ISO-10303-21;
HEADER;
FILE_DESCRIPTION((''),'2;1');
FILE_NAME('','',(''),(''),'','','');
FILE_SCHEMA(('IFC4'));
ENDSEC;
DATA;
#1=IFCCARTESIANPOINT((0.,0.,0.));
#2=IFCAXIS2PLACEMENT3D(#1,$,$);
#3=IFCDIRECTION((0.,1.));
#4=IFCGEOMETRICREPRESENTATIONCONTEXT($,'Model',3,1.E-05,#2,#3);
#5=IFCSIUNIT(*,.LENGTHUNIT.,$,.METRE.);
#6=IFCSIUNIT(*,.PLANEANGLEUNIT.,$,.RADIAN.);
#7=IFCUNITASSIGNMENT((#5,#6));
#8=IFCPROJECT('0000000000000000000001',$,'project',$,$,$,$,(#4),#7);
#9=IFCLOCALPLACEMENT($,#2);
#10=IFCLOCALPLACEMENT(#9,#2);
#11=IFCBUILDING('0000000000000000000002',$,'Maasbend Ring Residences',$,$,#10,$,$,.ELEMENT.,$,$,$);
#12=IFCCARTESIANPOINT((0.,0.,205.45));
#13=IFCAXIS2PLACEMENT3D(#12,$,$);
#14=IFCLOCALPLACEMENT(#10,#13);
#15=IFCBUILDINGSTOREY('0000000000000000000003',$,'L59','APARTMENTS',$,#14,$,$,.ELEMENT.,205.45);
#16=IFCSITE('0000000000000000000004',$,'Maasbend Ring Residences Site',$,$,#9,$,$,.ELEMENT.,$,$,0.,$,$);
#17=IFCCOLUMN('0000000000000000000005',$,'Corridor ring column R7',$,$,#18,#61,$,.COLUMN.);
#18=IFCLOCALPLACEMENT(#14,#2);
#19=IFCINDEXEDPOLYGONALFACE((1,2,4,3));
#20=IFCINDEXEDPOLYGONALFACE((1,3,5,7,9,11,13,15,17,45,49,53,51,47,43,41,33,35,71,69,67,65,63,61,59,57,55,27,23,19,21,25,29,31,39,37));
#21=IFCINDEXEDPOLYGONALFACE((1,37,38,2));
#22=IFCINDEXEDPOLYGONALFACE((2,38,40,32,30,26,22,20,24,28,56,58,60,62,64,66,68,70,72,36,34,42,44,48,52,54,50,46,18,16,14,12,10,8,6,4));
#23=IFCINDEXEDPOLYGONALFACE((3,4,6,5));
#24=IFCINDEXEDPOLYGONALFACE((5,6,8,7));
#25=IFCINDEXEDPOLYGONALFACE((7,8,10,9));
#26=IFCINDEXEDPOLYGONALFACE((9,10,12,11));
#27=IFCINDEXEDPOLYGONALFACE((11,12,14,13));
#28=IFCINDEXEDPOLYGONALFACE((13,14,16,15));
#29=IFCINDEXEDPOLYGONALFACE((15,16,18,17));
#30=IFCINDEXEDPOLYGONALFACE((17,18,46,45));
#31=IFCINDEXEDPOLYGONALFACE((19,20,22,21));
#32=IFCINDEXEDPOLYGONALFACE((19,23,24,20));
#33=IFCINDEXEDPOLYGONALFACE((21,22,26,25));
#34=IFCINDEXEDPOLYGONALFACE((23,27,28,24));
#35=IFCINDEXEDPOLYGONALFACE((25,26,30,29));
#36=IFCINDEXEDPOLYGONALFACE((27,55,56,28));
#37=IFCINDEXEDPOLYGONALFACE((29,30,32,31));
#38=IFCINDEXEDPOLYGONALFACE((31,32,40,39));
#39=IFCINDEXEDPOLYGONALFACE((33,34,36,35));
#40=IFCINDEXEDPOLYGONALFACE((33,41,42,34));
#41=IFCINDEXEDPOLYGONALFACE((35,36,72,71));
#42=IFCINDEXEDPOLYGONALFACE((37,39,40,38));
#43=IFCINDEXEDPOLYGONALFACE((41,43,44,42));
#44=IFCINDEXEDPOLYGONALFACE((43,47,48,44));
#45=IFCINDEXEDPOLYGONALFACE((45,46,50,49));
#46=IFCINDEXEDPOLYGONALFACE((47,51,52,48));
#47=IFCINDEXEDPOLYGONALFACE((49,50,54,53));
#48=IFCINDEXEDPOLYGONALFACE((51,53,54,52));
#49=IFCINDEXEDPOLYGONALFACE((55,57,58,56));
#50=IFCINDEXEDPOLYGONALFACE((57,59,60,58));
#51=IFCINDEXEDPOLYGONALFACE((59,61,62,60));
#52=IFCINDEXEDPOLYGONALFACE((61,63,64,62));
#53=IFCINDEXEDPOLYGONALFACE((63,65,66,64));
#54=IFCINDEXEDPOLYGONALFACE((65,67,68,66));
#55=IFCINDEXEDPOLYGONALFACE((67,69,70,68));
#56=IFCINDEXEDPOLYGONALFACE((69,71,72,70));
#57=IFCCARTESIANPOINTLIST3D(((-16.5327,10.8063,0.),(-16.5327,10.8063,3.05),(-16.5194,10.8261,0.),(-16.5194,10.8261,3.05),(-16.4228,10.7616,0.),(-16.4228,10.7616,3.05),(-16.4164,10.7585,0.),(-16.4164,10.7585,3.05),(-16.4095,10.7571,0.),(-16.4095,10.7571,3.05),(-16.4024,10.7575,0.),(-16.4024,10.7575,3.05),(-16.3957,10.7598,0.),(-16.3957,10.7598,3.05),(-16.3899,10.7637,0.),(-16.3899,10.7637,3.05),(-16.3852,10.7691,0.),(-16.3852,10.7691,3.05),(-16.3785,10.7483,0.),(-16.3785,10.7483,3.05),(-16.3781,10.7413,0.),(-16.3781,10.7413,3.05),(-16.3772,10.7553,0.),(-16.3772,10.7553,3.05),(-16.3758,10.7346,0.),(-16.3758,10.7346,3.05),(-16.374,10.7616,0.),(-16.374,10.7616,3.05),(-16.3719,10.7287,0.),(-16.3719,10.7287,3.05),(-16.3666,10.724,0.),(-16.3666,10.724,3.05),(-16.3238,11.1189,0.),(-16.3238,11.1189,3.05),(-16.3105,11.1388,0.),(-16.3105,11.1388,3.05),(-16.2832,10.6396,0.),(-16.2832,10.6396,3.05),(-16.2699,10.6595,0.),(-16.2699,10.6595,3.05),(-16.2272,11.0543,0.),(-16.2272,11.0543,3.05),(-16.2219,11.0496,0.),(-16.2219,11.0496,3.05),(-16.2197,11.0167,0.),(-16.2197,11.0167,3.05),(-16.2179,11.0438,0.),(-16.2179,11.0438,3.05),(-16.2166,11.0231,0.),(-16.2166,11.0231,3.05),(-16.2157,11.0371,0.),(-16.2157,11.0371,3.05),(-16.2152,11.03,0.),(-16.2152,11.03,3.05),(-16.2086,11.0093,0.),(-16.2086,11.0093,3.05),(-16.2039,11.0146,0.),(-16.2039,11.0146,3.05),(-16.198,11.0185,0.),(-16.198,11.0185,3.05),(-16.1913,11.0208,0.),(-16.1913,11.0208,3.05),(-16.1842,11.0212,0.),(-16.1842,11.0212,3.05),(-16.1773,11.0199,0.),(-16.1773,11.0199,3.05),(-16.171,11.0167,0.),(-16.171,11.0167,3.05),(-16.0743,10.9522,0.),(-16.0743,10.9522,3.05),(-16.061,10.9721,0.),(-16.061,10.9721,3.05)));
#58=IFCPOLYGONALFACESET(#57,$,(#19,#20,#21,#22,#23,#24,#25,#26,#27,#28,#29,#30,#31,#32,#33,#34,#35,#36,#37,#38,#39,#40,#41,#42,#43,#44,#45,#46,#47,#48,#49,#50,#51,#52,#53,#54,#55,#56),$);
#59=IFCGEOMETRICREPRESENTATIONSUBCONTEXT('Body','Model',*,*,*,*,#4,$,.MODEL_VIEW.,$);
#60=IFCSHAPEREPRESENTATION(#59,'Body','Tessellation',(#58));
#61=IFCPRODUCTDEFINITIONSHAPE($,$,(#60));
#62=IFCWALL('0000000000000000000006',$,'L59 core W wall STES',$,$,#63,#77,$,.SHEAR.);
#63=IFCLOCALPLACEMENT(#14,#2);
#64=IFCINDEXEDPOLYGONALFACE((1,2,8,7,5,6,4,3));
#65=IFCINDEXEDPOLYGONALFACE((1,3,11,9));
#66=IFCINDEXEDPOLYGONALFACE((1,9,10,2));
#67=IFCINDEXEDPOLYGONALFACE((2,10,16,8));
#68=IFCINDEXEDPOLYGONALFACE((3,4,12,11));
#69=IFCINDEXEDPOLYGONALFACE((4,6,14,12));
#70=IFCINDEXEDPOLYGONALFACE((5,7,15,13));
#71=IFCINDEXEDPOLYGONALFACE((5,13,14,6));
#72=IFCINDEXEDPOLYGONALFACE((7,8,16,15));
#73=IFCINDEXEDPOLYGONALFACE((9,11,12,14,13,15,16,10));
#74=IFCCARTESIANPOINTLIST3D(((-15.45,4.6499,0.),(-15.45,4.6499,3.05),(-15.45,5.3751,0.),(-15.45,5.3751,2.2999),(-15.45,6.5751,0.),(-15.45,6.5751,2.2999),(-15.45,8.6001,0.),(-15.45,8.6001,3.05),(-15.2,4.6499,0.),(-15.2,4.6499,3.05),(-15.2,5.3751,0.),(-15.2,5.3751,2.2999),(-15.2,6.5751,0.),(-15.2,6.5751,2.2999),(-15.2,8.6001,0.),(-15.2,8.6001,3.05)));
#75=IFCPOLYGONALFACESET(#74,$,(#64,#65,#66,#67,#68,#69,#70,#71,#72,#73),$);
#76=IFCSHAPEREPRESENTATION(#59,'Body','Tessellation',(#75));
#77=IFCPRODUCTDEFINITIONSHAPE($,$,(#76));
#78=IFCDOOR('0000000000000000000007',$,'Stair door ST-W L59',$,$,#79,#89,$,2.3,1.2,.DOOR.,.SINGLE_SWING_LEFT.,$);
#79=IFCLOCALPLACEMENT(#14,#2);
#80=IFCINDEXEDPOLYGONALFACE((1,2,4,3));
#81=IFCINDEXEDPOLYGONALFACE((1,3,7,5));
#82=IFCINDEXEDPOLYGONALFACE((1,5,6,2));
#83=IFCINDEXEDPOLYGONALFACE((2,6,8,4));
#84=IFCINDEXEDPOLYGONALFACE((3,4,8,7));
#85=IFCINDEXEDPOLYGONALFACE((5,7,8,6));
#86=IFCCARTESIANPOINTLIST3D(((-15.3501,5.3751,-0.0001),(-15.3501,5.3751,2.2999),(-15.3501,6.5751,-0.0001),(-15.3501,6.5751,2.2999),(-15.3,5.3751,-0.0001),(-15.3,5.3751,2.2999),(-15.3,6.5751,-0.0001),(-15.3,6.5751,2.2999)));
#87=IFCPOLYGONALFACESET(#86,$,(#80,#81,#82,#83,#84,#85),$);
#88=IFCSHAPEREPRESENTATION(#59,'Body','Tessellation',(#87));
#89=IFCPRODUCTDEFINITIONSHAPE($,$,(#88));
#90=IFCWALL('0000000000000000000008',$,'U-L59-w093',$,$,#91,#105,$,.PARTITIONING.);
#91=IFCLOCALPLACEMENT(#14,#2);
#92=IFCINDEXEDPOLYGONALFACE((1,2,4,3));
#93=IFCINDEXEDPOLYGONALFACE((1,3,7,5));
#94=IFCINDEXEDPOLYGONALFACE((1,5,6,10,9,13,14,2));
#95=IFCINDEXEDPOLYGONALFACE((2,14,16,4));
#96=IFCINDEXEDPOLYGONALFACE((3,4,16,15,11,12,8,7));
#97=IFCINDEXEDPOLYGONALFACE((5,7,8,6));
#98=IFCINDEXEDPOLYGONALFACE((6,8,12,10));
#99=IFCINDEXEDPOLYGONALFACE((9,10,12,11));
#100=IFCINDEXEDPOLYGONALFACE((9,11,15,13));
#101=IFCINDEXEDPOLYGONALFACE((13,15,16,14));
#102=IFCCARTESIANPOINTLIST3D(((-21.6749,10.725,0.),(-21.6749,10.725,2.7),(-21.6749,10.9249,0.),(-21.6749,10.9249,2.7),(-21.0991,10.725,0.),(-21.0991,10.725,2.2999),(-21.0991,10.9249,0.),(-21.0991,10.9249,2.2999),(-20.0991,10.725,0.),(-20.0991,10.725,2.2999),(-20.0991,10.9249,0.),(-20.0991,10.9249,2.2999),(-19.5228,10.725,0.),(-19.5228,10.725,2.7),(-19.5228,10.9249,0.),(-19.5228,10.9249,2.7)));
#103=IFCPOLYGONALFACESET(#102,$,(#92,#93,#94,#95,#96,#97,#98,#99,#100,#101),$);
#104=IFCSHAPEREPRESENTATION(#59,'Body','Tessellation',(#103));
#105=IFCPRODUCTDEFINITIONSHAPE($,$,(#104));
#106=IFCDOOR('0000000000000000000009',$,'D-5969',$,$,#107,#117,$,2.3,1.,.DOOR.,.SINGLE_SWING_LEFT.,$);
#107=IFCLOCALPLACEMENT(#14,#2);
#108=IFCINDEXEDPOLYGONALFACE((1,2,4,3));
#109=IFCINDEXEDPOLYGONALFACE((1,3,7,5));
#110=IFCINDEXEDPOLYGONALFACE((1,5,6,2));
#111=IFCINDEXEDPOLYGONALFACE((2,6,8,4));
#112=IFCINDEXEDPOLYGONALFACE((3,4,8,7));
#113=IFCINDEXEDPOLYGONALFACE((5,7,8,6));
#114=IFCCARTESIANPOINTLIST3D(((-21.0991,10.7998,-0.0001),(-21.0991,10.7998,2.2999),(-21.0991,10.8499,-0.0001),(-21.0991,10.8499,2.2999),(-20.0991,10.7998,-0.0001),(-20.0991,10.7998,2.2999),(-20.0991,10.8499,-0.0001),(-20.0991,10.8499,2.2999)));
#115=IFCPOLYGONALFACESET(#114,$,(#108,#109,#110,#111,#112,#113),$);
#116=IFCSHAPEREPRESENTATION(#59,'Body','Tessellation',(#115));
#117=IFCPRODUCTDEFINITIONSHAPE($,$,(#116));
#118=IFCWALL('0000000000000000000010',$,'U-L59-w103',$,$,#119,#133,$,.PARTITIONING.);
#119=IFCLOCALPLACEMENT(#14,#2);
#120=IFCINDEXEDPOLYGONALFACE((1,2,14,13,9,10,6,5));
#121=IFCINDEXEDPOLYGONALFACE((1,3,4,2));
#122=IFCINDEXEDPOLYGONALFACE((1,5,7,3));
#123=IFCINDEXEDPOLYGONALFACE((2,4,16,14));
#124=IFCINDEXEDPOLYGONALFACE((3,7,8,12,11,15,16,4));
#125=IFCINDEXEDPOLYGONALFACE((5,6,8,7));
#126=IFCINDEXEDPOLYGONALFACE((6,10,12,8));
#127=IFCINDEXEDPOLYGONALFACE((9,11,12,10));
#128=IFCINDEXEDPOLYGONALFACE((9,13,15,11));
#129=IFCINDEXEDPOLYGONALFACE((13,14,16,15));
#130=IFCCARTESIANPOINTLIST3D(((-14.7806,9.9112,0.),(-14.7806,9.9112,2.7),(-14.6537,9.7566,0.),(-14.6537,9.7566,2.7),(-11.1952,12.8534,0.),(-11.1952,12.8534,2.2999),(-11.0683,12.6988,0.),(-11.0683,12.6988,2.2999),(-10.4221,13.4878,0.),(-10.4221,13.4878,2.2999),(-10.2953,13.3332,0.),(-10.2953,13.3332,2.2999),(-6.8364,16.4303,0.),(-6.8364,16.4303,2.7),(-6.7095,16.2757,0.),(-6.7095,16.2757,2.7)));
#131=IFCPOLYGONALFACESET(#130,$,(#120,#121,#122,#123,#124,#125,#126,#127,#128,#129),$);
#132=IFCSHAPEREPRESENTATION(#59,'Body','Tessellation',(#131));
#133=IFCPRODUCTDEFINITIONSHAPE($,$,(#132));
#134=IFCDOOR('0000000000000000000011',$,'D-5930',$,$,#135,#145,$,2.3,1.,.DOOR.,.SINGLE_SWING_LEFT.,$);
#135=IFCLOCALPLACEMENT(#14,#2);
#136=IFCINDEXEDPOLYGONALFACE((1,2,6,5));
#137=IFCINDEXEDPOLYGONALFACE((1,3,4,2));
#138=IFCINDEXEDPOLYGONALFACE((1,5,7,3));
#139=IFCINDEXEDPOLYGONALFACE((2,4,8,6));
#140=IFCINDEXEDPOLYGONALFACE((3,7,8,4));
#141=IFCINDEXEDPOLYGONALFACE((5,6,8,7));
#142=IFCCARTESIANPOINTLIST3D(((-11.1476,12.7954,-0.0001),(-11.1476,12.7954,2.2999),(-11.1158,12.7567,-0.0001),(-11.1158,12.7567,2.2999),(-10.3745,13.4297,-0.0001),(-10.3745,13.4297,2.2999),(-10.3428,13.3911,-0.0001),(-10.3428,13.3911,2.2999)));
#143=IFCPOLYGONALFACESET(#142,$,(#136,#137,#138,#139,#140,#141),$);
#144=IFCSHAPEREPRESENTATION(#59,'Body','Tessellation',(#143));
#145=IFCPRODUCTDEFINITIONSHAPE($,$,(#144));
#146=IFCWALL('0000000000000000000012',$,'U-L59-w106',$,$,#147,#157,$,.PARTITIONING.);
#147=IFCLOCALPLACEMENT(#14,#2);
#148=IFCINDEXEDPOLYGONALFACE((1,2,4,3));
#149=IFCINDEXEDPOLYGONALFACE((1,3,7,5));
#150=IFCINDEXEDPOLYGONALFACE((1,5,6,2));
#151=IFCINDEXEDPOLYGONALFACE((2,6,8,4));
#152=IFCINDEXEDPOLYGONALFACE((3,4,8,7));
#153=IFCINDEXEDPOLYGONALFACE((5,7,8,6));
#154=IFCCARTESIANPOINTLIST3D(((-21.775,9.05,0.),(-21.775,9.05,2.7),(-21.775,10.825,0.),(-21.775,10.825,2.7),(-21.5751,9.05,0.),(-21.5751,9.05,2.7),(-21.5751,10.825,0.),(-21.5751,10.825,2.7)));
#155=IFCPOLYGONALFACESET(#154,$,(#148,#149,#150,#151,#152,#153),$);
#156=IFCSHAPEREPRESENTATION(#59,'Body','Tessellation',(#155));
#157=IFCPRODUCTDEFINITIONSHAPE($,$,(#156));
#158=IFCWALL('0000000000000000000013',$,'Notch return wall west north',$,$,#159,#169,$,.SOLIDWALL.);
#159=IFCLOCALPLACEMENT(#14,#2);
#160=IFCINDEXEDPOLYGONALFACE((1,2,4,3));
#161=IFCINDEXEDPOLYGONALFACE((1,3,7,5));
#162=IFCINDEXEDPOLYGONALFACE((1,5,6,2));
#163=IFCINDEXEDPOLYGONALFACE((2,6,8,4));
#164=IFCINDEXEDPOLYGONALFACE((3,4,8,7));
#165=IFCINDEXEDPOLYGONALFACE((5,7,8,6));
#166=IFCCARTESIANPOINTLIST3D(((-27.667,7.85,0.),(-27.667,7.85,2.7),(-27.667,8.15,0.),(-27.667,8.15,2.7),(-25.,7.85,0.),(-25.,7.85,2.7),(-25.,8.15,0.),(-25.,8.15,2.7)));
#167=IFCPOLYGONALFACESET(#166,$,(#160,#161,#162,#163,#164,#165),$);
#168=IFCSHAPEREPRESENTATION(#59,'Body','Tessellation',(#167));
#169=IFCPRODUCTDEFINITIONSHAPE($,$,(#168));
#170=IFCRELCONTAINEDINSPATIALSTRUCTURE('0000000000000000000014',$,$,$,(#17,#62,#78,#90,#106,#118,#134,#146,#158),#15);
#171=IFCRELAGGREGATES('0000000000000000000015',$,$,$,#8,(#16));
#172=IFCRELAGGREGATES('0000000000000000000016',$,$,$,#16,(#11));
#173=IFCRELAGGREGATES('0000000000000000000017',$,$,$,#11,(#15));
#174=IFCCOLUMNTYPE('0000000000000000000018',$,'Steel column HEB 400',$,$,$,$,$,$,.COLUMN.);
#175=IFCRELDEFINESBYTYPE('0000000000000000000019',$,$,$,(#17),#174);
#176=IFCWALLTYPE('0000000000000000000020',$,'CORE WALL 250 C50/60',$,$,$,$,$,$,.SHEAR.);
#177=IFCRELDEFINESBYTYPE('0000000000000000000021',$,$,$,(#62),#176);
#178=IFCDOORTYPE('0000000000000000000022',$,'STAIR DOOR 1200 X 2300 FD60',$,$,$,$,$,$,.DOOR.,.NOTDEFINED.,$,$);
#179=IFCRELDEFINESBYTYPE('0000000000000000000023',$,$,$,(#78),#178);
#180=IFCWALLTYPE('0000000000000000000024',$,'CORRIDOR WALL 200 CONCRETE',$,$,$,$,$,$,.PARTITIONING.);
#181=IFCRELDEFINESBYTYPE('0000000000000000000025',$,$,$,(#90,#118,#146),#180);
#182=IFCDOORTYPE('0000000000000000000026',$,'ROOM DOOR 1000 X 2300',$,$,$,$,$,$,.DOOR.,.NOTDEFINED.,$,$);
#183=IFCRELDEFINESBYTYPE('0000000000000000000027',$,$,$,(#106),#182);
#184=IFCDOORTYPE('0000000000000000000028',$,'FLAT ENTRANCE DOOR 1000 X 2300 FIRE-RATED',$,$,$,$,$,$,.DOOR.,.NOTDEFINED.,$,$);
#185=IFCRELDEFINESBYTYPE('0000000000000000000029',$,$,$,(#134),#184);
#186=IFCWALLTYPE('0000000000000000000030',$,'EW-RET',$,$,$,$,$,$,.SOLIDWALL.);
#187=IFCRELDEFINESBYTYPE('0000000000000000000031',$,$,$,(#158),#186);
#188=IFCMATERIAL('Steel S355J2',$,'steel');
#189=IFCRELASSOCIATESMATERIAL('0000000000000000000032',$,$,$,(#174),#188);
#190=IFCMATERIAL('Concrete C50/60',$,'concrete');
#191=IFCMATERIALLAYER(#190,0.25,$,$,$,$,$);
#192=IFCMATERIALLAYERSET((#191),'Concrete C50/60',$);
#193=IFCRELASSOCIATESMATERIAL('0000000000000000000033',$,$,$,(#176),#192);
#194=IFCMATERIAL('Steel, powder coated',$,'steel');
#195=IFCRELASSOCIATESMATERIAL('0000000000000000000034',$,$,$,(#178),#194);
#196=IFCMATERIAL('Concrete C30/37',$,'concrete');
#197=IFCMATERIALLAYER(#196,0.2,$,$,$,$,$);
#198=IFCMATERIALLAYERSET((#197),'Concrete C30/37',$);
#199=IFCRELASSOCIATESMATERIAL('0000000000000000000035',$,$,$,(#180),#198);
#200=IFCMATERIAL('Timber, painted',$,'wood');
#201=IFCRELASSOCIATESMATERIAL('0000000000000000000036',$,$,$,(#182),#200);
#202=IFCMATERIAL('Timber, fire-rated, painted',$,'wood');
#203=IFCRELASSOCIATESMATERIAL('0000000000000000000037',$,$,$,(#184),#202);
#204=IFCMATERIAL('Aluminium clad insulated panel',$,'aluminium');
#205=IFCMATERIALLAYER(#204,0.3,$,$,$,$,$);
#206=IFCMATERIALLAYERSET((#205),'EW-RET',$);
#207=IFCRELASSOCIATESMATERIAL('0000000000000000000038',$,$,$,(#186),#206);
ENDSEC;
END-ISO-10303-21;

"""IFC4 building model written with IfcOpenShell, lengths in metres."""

from ifc_helpers import new_model, si_unit, direction, frame, frame_2d, origin, origin_2d, place, context, subcontext, project, spatial, rectangle, i_section, extrude, material, layer, layer_set, material_profile, profile_set, type_object, element, fill, save


model = new_model("IFC4")

# Units and contexts
model_context = context("Model", 3, precision=1e-05, world=origin(), true_north=direction((0.0, 1.0)))
body_context = subcontext(model_context, "Body", "Model", "MODEL_VIEW")
ifc_project = project(units=[si_unit("LENGTHUNIT", "METRE"), si_unit("PLANEANGLEUNIT", "RADIAN")], contexts=[model_context])

# Site, building, storey
site_placement = place(None, origin())
site = spatial("IfcSite", under=ifc_project, at=site_placement, Name="Maasbend Ring Residences Site", CompositionType="ELEMENT", RefElevation=0.0)
building_placement = place(site_placement, origin())
building = spatial("IfcBuilding", under=site, at=building_placement, Name="Maasbend Ring Residences", CompositionType="ELEMENT")
storey_placement = place(building_placement, frame((0.0, 0.0, 205.45)))
storey = spatial("IfcBuildingStorey", under=building, at=storey_placement, Name="L59", Description="APARTMENTS", CompositionType="ELEMENT", Elevation=205.45)

# Column
ifc_material_1 = material(Name="Steel S355J2", Category="steel")
ifc_material_profile = material_profile(ifc_material_1, i_section(OverallWidth=0.3, OverallDepth=0.3999, WebThickness=0.0134, FlangeThickness=0.0239, FilletRadius=0.0271, at=origin_2d()), Name="HEB 400")
ifc_profile_set = profile_set([ifc_material_profile], Name="Steel S355J2")
column_type = type_object("IfcColumnType", Name="Steel column HEB 400", PredefinedType="COLUMN", material=ifc_profile_set)
column_placement = place(storey_placement, frame((-16.2969, 10.8892, 0.0), z_axis=(0.0, 0.0, 1.0), x_axis=(-0.83147, 0.55557, 0.0)))
element("IfcColumn", 1, at=column_placement, inside=storey, type_object=column_type, Name="Corridor ring column R7", PredefinedType="COLUMN", context=body_context, shape_type="SweptSolid", body=[
    extrude(i_section(OverallWidth=0.3, OverallDepth=0.3999, WebThickness=0.0134, FlangeThickness=0.0239, FilletRadius=0.0271, at=origin_2d()), origin(), (0.0, 0.0, 1.0), 3.05),
])

# Walls, openings, doors
ifc_material_2 = material(Name="Concrete C50/60", Category="concrete")
ifc_layer_1 = layer(ifc_material_2, 0.25)
ifc_layer_set_1 = layer_set([ifc_layer_1], Name="Concrete C50/60")
wall_type_1 = type_object("IfcWallType", Name="CORE WALL 250 C50/60", PredefinedType="SHEAR", material=ifc_layer_set_1)
wall_1_placement = place(storey_placement, frame((-15.325, 8.6001, 0.0), z_axis=(0.0, 0.0, 1.0), x_axis=(0.0, -1.0, 0.0)))
wall_1 = element("IfcWall", 2, at=wall_1_placement, inside=storey, type_object=wall_type_1, Name="L59 core W wall STES", PredefinedType="SHEAR", context=body_context, shape_type="SweptSolid", body=[
    extrude(rectangle(XDim=3.9502, YDim=0.25, at=frame_2d((1.9751, 0.0))), origin(), (0.0, 0.0, 1.0), 3.05),
])
opening_1_placement = place(wall_1_placement, frame((2.0249, 0.0, 0.0)))
opening_1 = element("IfcOpeningElement", 3, at=opening_1_placement, cuts=wall_1, PredefinedType="OPENING", context=body_context, shape_type="SweptSolid", body=[
    extrude(rectangle(XDim=1.2, YDim=2.3, at=frame_2d((0.6001, 1.1499))), frame((0.0, 0.135, 0.0), z_axis=(0.0, -1.0, 0.0), x_axis=(1.0, 0.0, 0.0)), (0.0, 0.0, 1.0), 0.27),
])
ifc_material_3 = material(Name="Steel, powder coated", Category="steel")
door_type_1 = type_object("IfcDoorType", Name="STAIR DOOR 1200 X 2300 FD60", OperationType="NOTDEFINED", PredefinedType="DOOR", material=ifc_material_3)
door_1_placement = place(opening_1_placement, origin())
door_1 = element("IfcDoor", 4, at=door_1_placement, inside=storey, type_object=door_type_1, Name="Stair door ST-W L59", OperationType="SINGLE_SWING_LEFT", OverallHeight=2.3, OverallWidth=1.2, PredefinedType="DOOR", context=body_context, shape_type="SweptSolid", body=[
    extrude(rectangle(XDim=1.2, YDim=2.3, at=frame_2d((0.6001, 1.1499))), frame((0.0, 0.0249, 0.0), z_axis=(0.0, -1.0, 0.0), x_axis=(1.0, 0.0, 0.0)), (0.0, 0.0, 1.0), 0.05),
])
fill(opening_1, door_1)
ifc_material_4 = material(Name="Concrete C30/37", Category="concrete")
ifc_layer_2 = layer(ifc_material_4, 0.2)
ifc_layer_set_2 = layer_set([ifc_layer_2], Name="Concrete C30/37")
wall_type_2 = type_object("IfcWallType", Name="CORRIDOR WALL 200 CONCRETE", PredefinedType="PARTITIONING", material=ifc_layer_set_2)
wall_2_placement = place(storey_placement, frame((-21.675, 10.825, 0.0), z_axis=(0.0, 0.0, 1.0), x_axis=(1.0, 0.0, 0.0)))
wall_2 = element("IfcWall", 5, at=wall_2_placement, inside=storey, type_object=wall_type_2, Name="U-L59-w093", PredefinedType="PARTITIONING", context=body_context, shape_type="SweptSolid", body=[
    extrude(rectangle(XDim=2.1521, YDim=0.2, at=frame_2d((1.0762, 0.0))), origin(), (0.0, 0.0, 1.0), 2.7),
])
opening_2_placement = place(wall_2_placement, frame((0.5759, 0.0, 0.0)))
opening_2 = element("IfcOpeningElement", 6, at=opening_2_placement, cuts=wall_2, PredefinedType="OPENING", context=body_context, shape_type="SweptSolid", body=[
    extrude(rectangle(XDim=1.0, YDim=2.3, at=frame_2d((0.5, 1.1499))), frame((0.0, 0.1099, 0.0), z_axis=(0.0, -1.0, 0.0), x_axis=(1.0, 0.0, 0.0)), (0.0, 0.0, 1.0), 0.22),
])
ifc_material_5 = material(Name="Timber, painted", Category="wood")
door_type_2 = type_object("IfcDoorType", Name="ROOM DOOR 1000 X 2300", OperationType="NOTDEFINED", PredefinedType="DOOR", material=ifc_material_5)
door_2_placement = place(opening_2_placement, origin())
door_2 = element("IfcDoor", 7, at=door_2_placement, inside=storey, type_object=door_type_2, Name="D-5969", OperationType="SINGLE_SWING_LEFT", OverallHeight=2.3, OverallWidth=1.0, PredefinedType="DOOR", context=body_context, shape_type="SweptSolid", body=[
    extrude(rectangle(XDim=1.0, YDim=2.3, at=frame_2d((0.5, 1.1499))), frame((0.0, 0.0249, 0.0), z_axis=(0.0, -1.0, 0.0), x_axis=(1.0, 0.0, 0.0)), (0.0, 0.0, 1.0), 0.05),
])
fill(opening_2, door_2)
wall_3_placement = place(storey_placement, frame((-14.717, 9.834, 0.0), z_axis=(0.0, 0.0, 1.0), x_axis=(0.773035, 0.634364, 0.0)))
wall_3 = element("IfcWall", 8, at=wall_3_placement, inside=storey, type_object=wall_type_2, Name="U-L59-w103", PredefinedType="PARTITIONING", context=body_context, shape_type="SweptSolid", body=[
    extrude(rectangle(XDim=10.2766, YDim=0.2, at=frame_2d((5.1382, 0.0))), origin(), (0.0, 0.0, 1.0), 2.7),
])
opening_3_placement = place(wall_3_placement, frame((4.6379, 0.0, 0.0)))
opening_3 = element("IfcOpeningElement", 9, at=opening_3_placement, cuts=wall_3, PredefinedType="OPENING", context=body_context, shape_type="SweptSolid", body=[
    extrude(rectangle(XDim=1.0, YDim=2.3, at=frame_2d((0.5, 1.1499))), frame((0.0, 0.1099, 0.0), z_axis=(0.0, -1.0, 0.0), x_axis=(1.0, 0.0, 0.0)), (0.0, 0.0, 1.0), 0.22),
])
ifc_material_6 = material(Name="Timber, fire-rated, painted", Category="wood")
door_type_3 = type_object("IfcDoorType", Name="FLAT ENTRANCE DOOR 1000 X 2300 FIRE-RATED", OperationType="NOTDEFINED", PredefinedType="DOOR", material=ifc_material_6)
door_3_placement = place(opening_3_placement, origin())
door_3 = element("IfcDoor", 10, at=door_3_placement, inside=storey, type_object=door_type_3, Name="D-5930", OperationType="SINGLE_SWING_LEFT", OverallHeight=2.3, OverallWidth=1.0, PredefinedType="DOOR", context=body_context, shape_type="SweptSolid", body=[
    extrude(rectangle(XDim=1.0, YDim=2.3, at=frame_2d((0.5, 1.1499))), frame((0.0, 0.0249, 0.0), z_axis=(0.0, -1.0, 0.0), x_axis=(1.0, 0.0, 0.0)), (0.0, 0.0, 1.0), 0.05),
])
fill(opening_3, door_3)

# Walls
wall_4_placement = place(storey_placement, frame((-21.675, 9.05, 0.0), z_axis=(0.0, 0.0, 1.0), x_axis=(0.0, 1.0, 0.0)))
element("IfcWall", 11, at=wall_4_placement, inside=storey, type_object=wall_type_2, Name="U-L59-w106", PredefinedType="PARTITIONING", context=body_context, shape_type="SweptSolid", body=[
    extrude(rectangle(XDim=1.7749, YDim=0.2, at=frame_2d((0.8875, 0.0))), origin(), (0.0, 0.0, 1.0), 2.7),
])
ifc_material_7 = material(Name="Aluminium clad insulated panel", Category="aluminium")
ifc_layer_3 = layer(ifc_material_7, 0.3)
ifc_layer_set_3 = layer_set([ifc_layer_3], Name="EW-RET")
wall_type_3 = type_object("IfcWallType", Name="EW-RET", PredefinedType="SOLIDWALL", material=ifc_layer_set_3)
wall_5_placement = place(storey_placement, frame((-25.0, 8.0, 0.0), z_axis=(0.0, 0.0, 1.0), x_axis=(-1.0, 0.0, 0.0)))
element("IfcWall", 12, at=wall_5_placement, inside=storey, type_object=wall_type_3, Name="Notch return wall west north", PredefinedType="SOLIDWALL", context=body_context, shape_type="SweptSolid", body=[
    extrude(rectangle(XDim=2.667, YDim=0.3, at=frame_2d((1.3335, 0.0))), origin(), (0.0, 0.0, 1.0), 2.7),
])

save(model, "model.ifc")
